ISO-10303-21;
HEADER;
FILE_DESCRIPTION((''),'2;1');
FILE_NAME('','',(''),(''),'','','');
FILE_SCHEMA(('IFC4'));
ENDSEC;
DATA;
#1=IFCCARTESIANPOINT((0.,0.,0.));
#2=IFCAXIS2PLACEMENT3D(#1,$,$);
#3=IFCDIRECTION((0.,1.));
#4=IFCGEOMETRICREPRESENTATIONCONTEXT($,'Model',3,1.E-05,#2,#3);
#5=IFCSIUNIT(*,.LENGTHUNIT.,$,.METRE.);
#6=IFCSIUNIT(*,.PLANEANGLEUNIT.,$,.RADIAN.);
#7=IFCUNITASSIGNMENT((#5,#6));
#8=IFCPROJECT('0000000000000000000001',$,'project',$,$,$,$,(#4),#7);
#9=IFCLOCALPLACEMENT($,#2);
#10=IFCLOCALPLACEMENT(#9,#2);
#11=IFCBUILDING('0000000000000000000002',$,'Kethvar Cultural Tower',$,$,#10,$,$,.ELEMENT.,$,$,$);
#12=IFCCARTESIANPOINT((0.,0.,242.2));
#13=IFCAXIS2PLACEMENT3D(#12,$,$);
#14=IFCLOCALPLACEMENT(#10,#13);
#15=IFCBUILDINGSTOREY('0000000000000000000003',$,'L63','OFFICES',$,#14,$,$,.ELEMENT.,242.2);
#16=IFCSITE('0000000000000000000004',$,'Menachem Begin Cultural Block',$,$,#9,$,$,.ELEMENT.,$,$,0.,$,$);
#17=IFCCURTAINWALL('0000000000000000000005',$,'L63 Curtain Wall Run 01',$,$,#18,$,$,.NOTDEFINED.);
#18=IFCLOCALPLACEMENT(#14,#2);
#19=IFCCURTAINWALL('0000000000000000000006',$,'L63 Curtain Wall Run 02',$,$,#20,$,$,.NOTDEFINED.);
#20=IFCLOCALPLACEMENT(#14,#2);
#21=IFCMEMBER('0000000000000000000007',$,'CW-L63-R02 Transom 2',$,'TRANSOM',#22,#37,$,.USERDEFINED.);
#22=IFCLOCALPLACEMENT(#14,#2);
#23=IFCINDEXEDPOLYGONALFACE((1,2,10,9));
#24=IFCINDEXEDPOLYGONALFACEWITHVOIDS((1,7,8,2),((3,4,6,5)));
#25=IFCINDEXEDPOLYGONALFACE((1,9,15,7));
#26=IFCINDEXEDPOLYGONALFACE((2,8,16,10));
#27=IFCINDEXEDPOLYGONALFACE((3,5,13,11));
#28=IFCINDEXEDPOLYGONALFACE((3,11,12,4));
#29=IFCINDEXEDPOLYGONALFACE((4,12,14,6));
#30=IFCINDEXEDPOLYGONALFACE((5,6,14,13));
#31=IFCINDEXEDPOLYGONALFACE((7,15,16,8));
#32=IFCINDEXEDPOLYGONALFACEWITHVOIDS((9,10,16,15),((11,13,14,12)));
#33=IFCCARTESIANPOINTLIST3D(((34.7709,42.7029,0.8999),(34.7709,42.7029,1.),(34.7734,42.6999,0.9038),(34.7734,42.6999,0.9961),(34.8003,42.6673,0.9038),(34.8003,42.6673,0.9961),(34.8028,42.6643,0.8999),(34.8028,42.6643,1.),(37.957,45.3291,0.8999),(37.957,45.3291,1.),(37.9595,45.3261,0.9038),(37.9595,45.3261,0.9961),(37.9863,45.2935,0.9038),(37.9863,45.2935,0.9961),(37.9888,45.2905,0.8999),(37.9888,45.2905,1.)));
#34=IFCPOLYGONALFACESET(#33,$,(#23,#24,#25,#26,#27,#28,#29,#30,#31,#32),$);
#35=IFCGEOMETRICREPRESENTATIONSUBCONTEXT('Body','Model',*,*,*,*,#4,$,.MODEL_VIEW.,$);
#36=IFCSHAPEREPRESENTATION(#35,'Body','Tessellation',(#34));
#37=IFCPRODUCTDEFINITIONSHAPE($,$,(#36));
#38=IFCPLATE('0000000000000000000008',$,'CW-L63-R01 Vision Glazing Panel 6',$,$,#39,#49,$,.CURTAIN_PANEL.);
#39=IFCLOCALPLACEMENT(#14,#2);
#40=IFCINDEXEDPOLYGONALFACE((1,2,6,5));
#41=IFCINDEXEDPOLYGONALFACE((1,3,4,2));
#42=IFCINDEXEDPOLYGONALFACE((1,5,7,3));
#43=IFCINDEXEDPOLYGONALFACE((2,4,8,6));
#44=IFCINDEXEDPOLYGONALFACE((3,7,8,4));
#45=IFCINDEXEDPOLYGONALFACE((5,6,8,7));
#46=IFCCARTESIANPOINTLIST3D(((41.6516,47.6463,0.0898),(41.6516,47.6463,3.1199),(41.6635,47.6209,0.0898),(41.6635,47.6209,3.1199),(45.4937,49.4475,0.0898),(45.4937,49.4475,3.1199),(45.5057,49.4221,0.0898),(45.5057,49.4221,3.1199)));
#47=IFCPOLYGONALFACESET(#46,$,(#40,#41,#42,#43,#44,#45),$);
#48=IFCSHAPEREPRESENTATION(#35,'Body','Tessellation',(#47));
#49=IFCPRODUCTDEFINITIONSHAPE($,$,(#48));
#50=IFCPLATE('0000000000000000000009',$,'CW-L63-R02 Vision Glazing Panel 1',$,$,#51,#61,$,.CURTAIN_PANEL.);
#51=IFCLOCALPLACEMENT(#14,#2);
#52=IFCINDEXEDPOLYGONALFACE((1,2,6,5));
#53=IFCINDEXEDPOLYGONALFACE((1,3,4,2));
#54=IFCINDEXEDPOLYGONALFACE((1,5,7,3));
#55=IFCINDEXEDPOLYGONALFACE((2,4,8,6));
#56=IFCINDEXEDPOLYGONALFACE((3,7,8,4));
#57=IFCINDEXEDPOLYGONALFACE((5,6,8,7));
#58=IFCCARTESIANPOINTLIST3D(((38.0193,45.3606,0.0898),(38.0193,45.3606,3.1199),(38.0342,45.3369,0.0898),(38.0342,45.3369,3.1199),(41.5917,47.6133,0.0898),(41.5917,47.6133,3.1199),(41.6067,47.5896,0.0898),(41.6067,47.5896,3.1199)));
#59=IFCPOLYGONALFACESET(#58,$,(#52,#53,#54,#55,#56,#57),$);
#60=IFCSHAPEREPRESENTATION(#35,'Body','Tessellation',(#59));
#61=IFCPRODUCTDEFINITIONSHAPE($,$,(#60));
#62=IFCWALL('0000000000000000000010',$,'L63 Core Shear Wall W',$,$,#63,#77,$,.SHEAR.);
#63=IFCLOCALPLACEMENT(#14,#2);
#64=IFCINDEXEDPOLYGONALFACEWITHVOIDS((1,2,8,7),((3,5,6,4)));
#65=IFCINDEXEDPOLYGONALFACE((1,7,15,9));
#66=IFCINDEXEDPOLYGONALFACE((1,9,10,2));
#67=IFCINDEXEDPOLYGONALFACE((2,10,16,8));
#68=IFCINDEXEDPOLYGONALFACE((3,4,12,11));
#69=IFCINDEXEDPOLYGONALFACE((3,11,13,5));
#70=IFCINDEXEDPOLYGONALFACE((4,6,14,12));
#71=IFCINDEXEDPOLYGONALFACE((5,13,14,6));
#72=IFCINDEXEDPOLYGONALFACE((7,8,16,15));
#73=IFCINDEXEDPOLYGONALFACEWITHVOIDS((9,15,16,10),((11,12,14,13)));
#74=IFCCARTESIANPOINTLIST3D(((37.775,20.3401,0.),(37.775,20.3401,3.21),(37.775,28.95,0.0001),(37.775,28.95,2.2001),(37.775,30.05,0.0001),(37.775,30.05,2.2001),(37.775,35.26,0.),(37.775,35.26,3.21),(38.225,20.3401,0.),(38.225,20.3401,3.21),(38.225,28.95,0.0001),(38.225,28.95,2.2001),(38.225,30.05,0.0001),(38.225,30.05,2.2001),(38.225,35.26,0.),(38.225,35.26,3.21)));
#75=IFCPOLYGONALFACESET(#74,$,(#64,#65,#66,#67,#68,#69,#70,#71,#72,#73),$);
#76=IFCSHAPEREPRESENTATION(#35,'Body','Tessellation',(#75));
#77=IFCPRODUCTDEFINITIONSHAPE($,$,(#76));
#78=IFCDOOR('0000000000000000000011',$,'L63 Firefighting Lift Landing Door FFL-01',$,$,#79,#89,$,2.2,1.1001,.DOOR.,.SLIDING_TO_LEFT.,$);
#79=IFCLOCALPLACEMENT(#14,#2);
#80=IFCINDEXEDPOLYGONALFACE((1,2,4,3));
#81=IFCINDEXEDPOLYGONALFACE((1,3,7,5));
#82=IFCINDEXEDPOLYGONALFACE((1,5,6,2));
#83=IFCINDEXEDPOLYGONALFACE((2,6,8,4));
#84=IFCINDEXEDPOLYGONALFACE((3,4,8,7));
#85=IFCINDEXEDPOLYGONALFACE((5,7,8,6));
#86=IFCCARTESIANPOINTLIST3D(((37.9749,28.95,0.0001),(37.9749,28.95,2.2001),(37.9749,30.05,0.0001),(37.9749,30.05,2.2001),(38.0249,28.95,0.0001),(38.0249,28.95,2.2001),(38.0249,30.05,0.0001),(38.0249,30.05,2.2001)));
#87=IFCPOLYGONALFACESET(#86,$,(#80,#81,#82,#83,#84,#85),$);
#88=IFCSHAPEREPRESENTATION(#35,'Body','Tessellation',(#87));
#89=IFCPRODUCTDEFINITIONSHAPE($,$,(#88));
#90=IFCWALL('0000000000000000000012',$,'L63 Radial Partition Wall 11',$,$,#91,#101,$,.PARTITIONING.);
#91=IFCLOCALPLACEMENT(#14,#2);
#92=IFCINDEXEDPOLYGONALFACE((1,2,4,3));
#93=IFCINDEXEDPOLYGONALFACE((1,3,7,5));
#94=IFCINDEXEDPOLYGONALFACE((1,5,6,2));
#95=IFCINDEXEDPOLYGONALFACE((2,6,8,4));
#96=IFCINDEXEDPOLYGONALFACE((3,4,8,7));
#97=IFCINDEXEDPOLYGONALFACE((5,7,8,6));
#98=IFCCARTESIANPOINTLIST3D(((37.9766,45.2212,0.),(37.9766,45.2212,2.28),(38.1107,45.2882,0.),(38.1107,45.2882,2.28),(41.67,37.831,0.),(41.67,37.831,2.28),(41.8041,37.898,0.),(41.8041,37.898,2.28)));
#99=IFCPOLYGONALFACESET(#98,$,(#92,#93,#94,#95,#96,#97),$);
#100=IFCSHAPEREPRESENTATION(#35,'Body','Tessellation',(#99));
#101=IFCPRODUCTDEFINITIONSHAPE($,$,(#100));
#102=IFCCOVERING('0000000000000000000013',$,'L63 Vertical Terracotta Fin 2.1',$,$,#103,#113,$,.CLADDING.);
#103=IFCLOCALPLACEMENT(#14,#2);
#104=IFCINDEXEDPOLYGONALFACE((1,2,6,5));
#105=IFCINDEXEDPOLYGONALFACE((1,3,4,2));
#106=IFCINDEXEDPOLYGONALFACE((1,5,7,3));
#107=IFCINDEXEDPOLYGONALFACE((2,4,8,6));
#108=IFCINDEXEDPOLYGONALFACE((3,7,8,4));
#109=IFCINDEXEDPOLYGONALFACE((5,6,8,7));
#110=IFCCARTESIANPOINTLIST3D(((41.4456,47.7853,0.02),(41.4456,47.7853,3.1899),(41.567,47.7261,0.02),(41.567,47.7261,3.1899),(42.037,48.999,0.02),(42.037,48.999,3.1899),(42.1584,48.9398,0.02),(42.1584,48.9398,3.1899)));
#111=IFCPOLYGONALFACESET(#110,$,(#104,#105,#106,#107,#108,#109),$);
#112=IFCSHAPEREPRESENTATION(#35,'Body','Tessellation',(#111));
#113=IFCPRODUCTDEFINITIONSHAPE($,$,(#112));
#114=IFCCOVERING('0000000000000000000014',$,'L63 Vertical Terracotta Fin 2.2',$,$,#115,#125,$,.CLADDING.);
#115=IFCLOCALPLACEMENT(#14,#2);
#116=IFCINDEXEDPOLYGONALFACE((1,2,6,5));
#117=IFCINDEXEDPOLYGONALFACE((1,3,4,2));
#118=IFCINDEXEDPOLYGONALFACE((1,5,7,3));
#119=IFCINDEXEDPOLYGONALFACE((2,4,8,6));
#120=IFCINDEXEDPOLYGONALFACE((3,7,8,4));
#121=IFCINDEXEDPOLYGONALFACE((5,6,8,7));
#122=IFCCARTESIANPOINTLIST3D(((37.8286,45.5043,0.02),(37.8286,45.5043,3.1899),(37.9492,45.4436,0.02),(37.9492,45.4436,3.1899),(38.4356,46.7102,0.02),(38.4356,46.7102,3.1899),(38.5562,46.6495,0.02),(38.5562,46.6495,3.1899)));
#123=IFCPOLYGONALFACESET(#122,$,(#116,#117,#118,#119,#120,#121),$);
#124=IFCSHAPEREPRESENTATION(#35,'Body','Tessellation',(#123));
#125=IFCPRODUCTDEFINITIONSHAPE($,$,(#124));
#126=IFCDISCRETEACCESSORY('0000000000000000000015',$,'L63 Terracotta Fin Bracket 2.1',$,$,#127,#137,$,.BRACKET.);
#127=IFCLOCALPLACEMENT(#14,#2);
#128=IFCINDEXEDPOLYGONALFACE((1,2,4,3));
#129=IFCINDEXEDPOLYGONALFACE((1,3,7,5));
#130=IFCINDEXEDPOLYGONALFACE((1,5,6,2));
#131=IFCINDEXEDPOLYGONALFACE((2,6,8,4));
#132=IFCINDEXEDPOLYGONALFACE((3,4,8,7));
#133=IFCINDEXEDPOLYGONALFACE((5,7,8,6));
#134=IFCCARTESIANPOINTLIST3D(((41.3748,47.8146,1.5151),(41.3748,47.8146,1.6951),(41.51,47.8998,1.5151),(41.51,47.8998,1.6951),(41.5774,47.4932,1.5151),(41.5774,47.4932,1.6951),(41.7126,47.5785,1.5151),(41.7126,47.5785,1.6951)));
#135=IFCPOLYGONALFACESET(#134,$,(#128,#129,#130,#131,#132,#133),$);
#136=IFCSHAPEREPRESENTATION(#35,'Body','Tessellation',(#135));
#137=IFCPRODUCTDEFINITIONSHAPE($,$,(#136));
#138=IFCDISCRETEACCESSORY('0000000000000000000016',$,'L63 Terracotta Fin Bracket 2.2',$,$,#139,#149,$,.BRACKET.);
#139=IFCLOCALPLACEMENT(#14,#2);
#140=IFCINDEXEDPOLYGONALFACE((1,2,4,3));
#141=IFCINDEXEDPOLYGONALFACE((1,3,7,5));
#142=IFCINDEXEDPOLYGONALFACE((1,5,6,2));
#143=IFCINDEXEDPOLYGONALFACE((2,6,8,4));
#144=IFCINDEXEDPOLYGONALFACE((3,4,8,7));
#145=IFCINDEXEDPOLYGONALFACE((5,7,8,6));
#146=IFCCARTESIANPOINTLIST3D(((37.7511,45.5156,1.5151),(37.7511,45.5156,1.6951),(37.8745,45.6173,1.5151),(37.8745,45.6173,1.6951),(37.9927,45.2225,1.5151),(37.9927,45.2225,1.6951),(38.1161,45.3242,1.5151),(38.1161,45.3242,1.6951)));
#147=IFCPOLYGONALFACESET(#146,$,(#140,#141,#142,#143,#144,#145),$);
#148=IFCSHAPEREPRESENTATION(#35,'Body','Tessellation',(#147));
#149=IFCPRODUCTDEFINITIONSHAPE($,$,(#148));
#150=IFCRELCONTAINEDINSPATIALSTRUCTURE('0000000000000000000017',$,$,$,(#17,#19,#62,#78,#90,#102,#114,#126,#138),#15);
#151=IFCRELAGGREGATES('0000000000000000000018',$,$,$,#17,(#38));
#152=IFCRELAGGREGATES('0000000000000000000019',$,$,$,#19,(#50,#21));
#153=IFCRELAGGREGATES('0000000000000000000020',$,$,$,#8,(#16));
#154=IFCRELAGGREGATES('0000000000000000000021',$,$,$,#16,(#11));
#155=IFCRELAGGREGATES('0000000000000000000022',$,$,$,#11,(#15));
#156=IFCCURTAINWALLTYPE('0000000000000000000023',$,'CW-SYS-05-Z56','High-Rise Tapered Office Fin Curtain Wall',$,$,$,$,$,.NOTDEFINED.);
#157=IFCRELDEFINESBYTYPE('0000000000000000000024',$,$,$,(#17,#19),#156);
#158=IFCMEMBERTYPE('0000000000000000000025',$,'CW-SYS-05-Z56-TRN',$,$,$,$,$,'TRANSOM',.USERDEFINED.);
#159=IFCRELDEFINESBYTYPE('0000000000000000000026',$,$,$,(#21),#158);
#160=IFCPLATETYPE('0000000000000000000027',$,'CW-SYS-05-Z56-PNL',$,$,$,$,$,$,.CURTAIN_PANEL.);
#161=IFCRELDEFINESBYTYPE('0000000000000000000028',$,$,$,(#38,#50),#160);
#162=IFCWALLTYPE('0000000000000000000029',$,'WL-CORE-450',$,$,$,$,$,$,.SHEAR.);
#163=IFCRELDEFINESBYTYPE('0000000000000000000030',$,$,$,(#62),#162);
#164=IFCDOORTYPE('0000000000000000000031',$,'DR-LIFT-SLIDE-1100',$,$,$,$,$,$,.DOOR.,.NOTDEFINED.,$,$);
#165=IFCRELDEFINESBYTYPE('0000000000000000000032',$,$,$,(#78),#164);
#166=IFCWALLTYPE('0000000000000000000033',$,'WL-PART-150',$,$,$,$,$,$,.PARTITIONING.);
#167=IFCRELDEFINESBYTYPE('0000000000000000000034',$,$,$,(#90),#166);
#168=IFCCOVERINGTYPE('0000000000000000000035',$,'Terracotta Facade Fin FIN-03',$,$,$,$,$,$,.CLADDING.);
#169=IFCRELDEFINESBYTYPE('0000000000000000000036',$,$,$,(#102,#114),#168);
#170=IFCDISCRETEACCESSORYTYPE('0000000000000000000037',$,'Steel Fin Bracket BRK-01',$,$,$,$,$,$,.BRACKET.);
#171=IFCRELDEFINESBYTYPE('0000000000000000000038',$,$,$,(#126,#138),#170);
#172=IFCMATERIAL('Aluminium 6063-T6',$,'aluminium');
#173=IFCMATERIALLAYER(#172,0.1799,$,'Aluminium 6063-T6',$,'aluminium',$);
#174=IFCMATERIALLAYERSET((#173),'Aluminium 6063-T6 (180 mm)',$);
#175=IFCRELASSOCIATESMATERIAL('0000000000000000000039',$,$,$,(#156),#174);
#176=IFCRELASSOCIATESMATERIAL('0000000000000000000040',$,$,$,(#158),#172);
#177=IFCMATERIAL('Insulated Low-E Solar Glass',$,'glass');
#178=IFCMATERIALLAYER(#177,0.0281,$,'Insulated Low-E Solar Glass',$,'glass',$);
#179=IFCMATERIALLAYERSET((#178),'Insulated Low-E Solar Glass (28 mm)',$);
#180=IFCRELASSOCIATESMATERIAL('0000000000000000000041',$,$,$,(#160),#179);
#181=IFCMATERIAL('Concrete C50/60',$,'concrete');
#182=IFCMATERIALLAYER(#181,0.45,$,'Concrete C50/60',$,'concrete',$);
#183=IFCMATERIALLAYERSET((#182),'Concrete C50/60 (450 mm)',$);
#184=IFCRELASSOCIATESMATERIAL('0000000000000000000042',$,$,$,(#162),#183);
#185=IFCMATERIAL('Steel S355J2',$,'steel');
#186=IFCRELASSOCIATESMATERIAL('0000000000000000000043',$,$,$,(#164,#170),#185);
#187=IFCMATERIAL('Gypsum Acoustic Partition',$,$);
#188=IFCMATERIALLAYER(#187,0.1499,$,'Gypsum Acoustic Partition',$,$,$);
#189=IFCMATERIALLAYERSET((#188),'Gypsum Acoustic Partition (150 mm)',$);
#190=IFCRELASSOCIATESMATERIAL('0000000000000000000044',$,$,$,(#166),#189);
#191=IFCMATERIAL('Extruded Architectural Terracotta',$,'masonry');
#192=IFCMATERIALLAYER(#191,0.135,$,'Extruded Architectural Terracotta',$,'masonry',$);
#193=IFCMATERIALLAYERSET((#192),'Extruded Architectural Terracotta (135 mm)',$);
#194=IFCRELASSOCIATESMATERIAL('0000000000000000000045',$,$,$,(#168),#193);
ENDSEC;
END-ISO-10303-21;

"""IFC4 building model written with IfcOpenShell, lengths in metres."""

from ifc_helpers import new_model, si_unit, direction, frame, frame_2d, origin, origin_2d, place, context, subcontext, project, spatial, rectangle, hollow_rectangle, extrude, source, transform, mapped, material, layer, layer_set, material_profile, profile_set, type_object, element, fill, aggregate, save


model = new_model("IFC4")

# Units and contexts
model_context = context("Model", 3, precision=1e-05, world=origin(), true_north=direction((0.0, 1.0)))
body_context = subcontext(model_context, "Body", "Model", "MODEL_VIEW")
ifc_project = project(units=[si_unit("LENGTHUNIT", "METRE"), si_unit("PLANEANGLEUNIT", "RADIAN")], contexts=[model_context])

# Site, building, storey
site_placement = place(None, origin())
site = spatial("IfcSite", under=ifc_project, at=site_placement, Name="Menachem Begin Cultural Block", CompositionType="ELEMENT", RefElevation=0.0)
building_placement = place(site_placement, origin())
building = spatial("IfcBuilding", under=site, at=building_placement, Name="Kethvar Cultural Tower", CompositionType="ELEMENT")
storey_placement = place(building_placement, frame((0.0, 0.0, 242.2)))
storey = spatial("IfcBuildingStorey", under=building, at=storey_placement, Name="L63", Description="OFFICES", CompositionType="ELEMENT", Elevation=242.2)

# Shared definitions
ifc_material_1 = material(Name="Steel S355J2", Category="steel")

# Curtain wall
ifc_material_2 = material(Name="Aluminium 6063-T6", Category="aluminium")
ifc_layer_1 = layer(ifc_material_2, 0.1799, Name="Aluminium 6063-T6", Category="aluminium")
ifc_layer_set_1 = layer_set([ifc_layer_1], Name="Aluminium 6063-T6 (180 mm)")
curtain_wall_type = type_object("IfcCurtainWallType", Name="CW-SYS-05-Z56", Description="High-Rise Tapered Office Fin Curtain Wall", PredefinedType="NOTDEFINED", material=ifc_layer_set_1)
curtain_wall_1_placement = place(storey_placement, origin())
curtain_wall_1 = element("IfcCurtainWall", 1, at=curtain_wall_1_placement, inside=storey, type_object=curtain_wall_type, Name="L63 Curtain Wall Run 01", PredefinedType="NOTDEFINED")

# Curtain wall, member
curtain_wall_2_placement = place(storey_placement, origin())
curtain_wall_2 = element("IfcCurtainWall", 2, at=curtain_wall_2_placement, inside=storey, type_object=curtain_wall_type, Name="L63 Curtain Wall Run 02", PredefinedType="NOTDEFINED")
ifc_material_profile_1 = material_profile(ifc_material_2, hollow_rectangle(XDim=0.05, YDim=0.1001, WallThickness=0.0039, at=origin_2d()), Name="Aluminium 6063-T6 — RHS100x50x4")
ifc_profile_set_1 = profile_set([ifc_material_profile_1], Name="Aluminium 6063-T6 — RHS100x50x4")
member_type_1 = type_object("IfcMemberType", Name="CW-SYS-05-Z56-TRN", ElementType="TRANSOM", PredefinedType="USERDEFINED", material=ifc_profile_set_1)
shared_shape_1 = source(origin(), body_context, "Body", "SweptSolid", [
    extrude(hollow_rectangle(XDim=0.05, YDim=0.1001, WallThickness=0.0039, at=origin_2d()), origin(), (0.0, 0.0, 1.0), 4.1289),
])
member_1_placement = place(storey_placement, frame((37.9729, 45.3098, 0.95), z_axis=(-0.771642, -0.636057, 0.0), x_axis=(0.636057, -0.771642, 0.0)))
member_1 = element("IfcMember", 3, at=member_1_placement, type_object=member_type_1, Name="CW-L63-R02 Transom 2", ObjectType="TRANSOM", PredefinedType="USERDEFINED", context=body_context, shape_type="MappedRepresentation", body=[
    mapped(shared_shape_1, transform((0.0, 0.0, 0.0), scale=1.0)),
])

# Plates
ifc_material_3 = material(Name="Insulated Low-E Solar Glass", Category="glass")
ifc_layer_2 = layer(ifc_material_3, 0.0281, Name="Insulated Low-E Solar Glass", Category="glass")
ifc_layer_set_2 = layer_set([ifc_layer_2], Name="Insulated Low-E Solar Glass (28 mm)")
plate_type = type_object("IfcPlateType", Name="CW-SYS-05-Z56-PNL", PredefinedType="CURTAIN_PANEL", material=ifc_layer_set_2)
shared_shape_2 = source(origin(), body_context, "Body", "SweptSolid", [
    extrude(rectangle(XDim=4.2434, YDim=0.0281, at=origin_2d()), origin(), (0.0, 0.0, 1.0), 3.03),
])
plate_1_placement = place(storey_placement, frame((43.5786, 48.5342, 0.0898), z_axis=(0.0, 0.0, 1.0), x_axis=(-0.905443, -0.424468, 0.0)))
plate_1 = element("IfcPlate", 4, at=plate_1_placement, type_object=plate_type, Name="CW-L63-R01 Vision Glazing Panel 6", PredefinedType="CURTAIN_PANEL", context=body_context, shape_type="MappedRepresentation", body=[
    mapped(shared_shape_2, transform((0.0, 0.0, 0.0), scale=1.0)),
])
aggregate(curtain_wall_1, [plate_1])
shared_shape_3 = source(origin(), body_context, "Body", "SweptSolid", [
    extrude(rectangle(XDim=4.2234, YDim=0.0281, at=origin_2d()), origin(), (0.0, 0.0, 1.0), 3.03),
])
plate_2_placement = place(storey_placement, frame((39.813, 46.4751, 0.0898), z_axis=(0.0, 0.0, 1.0), x_axis=(-0.845877, -0.533378, 0.0)))
plate_2 = element("IfcPlate", 5, at=plate_2_placement, type_object=plate_type, Name="CW-L63-R02 Vision Glazing Panel 1", PredefinedType="CURTAIN_PANEL", context=body_context, shape_type="MappedRepresentation", body=[
    mapped(shared_shape_3, transform((0.0, 0.0, 0.0), scale=1.0)),
])
aggregate(curtain_wall_2, [plate_2, member_1])

# Wall, opening, door
ifc_material_4 = material(Name="Concrete C50/60", Category="concrete")
ifc_layer_3 = layer(ifc_material_4, 0.45, Name="Concrete C50/60", Category="concrete")
ifc_layer_set_3 = layer_set([ifc_layer_3], Name="Concrete C50/60 (450 mm)")
wall_type_1 = type_object("IfcWallType", Name="WL-CORE-450", PredefinedType="SHEAR", material=ifc_layer_set_3)
wall_1_placement = place(storey_placement, frame((38.0, 35.26, 0.0), z_axis=(0.0, 0.0, 1.0), x_axis=(0.0, -1.0, 0.0)))
wall_1 = element("IfcWall", 6, at=wall_1_placement, inside=storey, type_object=wall_type_1, Name="L63 Core Shear Wall W", PredefinedType="SHEAR", context=body_context, shape_type="SweptSolid", body=[
    extrude(rectangle(XDim=14.9199, YDim=0.45, at=frame_2d((7.46, 0.0))), origin(), (0.0, 0.0, 1.0), 3.21),
])
opening_placement = place(wall_1_placement, frame((5.21, 0.0, 0.0)))
opening = element("IfcOpeningElement", 7, at=opening_placement, cuts=wall_1, PredefinedType="OPENING", context=body_context, shape_type="SweptSolid", body=[
    extrude(rectangle(XDim=1.1001, YDim=2.2, at=frame_2d((0.55, 1.1001))), frame((0.0, 0.2349, 0.0), z_axis=(0.0, -1.0, 0.0), x_axis=(1.0, 0.0, 0.0)), (0.0, 0.0, 1.0), 0.47),
])
door_type = type_object("IfcDoorType", Name="DR-LIFT-SLIDE-1100", OperationType="NOTDEFINED", PredefinedType="DOOR", material=ifc_material_1)
shared_shape_4 = source(origin(), body_context, "Body", "SweptSolid", [
    extrude(rectangle(XDim=1.1001, YDim=2.2, at=frame_2d((0.55, 1.1001))), frame((0.0, 0.0249, 0.0), z_axis=(0.0, -1.0, 0.0), x_axis=(1.0, 0.0, 0.0)), (0.0, 0.0, 1.0), 0.05),
])
door_placement = place(opening_placement, origin())
door = element("IfcDoor", 8, at=door_placement, inside=storey, type_object=door_type, Name="L63 Firefighting Lift Landing Door FFL-01", OperationType="SLIDING_TO_LEFT", OverallHeight=2.2, OverallWidth=1.1001, PredefinedType="DOOR", context=body_context, shape_type="MappedRepresentation", body=[
    mapped(shared_shape_4, transform((0.0, 0.0, 0.0), scale=1.0)),
])
fill(opening, door)

# Wall
ifc_material_5 = material(Name="Gypsum Acoustic Partition")
ifc_layer_4 = layer(ifc_material_5, 0.1499, Name="Gypsum Acoustic Partition")
ifc_layer_set_4 = layer_set([ifc_layer_4], Name="Gypsum Acoustic Partition (150 mm)")
wall_type_2 = type_object("IfcWallType", Name="WL-PART-150", PredefinedType="PARTITIONING", material=ifc_layer_set_4)
wall_2_placement = place(storey_placement, frame((41.7371, 37.8645, 0.0), z_axis=(0.0, 0.0, 1.0), x_axis=(-0.447048, 0.89451, 0.0)))
element("IfcWall", 9, at=wall_2_placement, inside=storey, type_object=wall_type_2, Name="L63 Radial Partition Wall 11", PredefinedType="PARTITIONING", context=body_context, shape_type="SweptSolid", body=[
    extrude(rectangle(XDim=8.2617, YDim=0.1499, at=frame_2d((4.1309, 0.0))), origin(), (0.0, 0.0, 1.0), 2.28),
])

# Coverings
ifc_material_6 = material(Name="Extruded Architectural Terracotta", Category="masonry")
ifc_layer_5 = layer(ifc_material_6, 0.135, Name="Extruded Architectural Terracotta", Category="masonry")
ifc_layer_set_5 = layer_set([ifc_layer_5], Name="Extruded Architectural Terracotta (135 mm)")
covering_type = type_object("IfcCoveringType", Name="Terracotta Facade Fin FIN-03", PredefinedType="CLADDING", material=ifc_layer_set_5)
shared_shape_5 = source(origin(), body_context, "Body", "SweptSolid", [
    extrude(rectangle(XDim=1.3501, YDim=0.135, at=origin_2d()), origin(), (0.0, 0.0, 1.0), 3.1699),
])
for number, where, z_axis, x_axis, name in (
    (10, (41.802, 48.3625, 0.02), (0.0, 0.0, 1.0), (0.438057, 0.898947, 0.0), "L63 Vertical Terracotta Fin 2.1"),
    (11, (38.1924, 46.0769, 0.02), (0.0, 0.0, 1.0), (0.449631, 0.893214, 0.0), "L63 Vertical Terracotta Fin 2.2"),
):
    element("IfcCovering", number, at=place(storey_placement, frame(where, z_axis=z_axis, x_axis=x_axis)), inside=storey, type_object=covering_type, Name=name, PredefinedType="CLADDING", context=body_context, shape_type="MappedRepresentation", body=[
        mapped(shared_shape_5, transform((0.0, 0.0, 0.0), scale=1.0)),
    ])

# Discrete accessories
discrete_accessory_type = type_object("IfcDiscreteAccessoryType", Name="Steel Fin Bracket BRK-01", PredefinedType="BRACKET", material=ifc_material_1)
shared_shape_6 = source(origin(), body_context, "Body", "SweptSolid", [
    extrude(rectangle(XDim=0.3799, YDim=0.1599, at=origin_2d()), origin(), (0.0, 0.0, 1.0), 0.1799),
])
for number, where, z_axis, x_axis, name in (
    (12, (41.5437, 47.6965, 1.5151), (0.0, 0.0, 1.0), (-0.533319, 0.845914, 0.0), "L63 Terracotta Fin Bracket 2.1"),
    (13, (37.9336, 45.4199, 1.5151), (0.0, 0.0, 1.0), (-0.636078, 0.771625, 0.0), "L63 Terracotta Fin Bracket 2.2"),
):
    element("IfcDiscreteAccessory", number, at=place(storey_placement, frame(where, z_axis=z_axis, x_axis=x_axis)), inside=storey, type_object=discrete_accessory_type, Name=name, PredefinedType="BRACKET", context=body_context, shape_type="MappedRepresentation", body=[
        mapped(shared_shape_6, transform((0.0, 0.0, 0.0), scale=1.0)),
    ])

save(model, "model.ifc")
